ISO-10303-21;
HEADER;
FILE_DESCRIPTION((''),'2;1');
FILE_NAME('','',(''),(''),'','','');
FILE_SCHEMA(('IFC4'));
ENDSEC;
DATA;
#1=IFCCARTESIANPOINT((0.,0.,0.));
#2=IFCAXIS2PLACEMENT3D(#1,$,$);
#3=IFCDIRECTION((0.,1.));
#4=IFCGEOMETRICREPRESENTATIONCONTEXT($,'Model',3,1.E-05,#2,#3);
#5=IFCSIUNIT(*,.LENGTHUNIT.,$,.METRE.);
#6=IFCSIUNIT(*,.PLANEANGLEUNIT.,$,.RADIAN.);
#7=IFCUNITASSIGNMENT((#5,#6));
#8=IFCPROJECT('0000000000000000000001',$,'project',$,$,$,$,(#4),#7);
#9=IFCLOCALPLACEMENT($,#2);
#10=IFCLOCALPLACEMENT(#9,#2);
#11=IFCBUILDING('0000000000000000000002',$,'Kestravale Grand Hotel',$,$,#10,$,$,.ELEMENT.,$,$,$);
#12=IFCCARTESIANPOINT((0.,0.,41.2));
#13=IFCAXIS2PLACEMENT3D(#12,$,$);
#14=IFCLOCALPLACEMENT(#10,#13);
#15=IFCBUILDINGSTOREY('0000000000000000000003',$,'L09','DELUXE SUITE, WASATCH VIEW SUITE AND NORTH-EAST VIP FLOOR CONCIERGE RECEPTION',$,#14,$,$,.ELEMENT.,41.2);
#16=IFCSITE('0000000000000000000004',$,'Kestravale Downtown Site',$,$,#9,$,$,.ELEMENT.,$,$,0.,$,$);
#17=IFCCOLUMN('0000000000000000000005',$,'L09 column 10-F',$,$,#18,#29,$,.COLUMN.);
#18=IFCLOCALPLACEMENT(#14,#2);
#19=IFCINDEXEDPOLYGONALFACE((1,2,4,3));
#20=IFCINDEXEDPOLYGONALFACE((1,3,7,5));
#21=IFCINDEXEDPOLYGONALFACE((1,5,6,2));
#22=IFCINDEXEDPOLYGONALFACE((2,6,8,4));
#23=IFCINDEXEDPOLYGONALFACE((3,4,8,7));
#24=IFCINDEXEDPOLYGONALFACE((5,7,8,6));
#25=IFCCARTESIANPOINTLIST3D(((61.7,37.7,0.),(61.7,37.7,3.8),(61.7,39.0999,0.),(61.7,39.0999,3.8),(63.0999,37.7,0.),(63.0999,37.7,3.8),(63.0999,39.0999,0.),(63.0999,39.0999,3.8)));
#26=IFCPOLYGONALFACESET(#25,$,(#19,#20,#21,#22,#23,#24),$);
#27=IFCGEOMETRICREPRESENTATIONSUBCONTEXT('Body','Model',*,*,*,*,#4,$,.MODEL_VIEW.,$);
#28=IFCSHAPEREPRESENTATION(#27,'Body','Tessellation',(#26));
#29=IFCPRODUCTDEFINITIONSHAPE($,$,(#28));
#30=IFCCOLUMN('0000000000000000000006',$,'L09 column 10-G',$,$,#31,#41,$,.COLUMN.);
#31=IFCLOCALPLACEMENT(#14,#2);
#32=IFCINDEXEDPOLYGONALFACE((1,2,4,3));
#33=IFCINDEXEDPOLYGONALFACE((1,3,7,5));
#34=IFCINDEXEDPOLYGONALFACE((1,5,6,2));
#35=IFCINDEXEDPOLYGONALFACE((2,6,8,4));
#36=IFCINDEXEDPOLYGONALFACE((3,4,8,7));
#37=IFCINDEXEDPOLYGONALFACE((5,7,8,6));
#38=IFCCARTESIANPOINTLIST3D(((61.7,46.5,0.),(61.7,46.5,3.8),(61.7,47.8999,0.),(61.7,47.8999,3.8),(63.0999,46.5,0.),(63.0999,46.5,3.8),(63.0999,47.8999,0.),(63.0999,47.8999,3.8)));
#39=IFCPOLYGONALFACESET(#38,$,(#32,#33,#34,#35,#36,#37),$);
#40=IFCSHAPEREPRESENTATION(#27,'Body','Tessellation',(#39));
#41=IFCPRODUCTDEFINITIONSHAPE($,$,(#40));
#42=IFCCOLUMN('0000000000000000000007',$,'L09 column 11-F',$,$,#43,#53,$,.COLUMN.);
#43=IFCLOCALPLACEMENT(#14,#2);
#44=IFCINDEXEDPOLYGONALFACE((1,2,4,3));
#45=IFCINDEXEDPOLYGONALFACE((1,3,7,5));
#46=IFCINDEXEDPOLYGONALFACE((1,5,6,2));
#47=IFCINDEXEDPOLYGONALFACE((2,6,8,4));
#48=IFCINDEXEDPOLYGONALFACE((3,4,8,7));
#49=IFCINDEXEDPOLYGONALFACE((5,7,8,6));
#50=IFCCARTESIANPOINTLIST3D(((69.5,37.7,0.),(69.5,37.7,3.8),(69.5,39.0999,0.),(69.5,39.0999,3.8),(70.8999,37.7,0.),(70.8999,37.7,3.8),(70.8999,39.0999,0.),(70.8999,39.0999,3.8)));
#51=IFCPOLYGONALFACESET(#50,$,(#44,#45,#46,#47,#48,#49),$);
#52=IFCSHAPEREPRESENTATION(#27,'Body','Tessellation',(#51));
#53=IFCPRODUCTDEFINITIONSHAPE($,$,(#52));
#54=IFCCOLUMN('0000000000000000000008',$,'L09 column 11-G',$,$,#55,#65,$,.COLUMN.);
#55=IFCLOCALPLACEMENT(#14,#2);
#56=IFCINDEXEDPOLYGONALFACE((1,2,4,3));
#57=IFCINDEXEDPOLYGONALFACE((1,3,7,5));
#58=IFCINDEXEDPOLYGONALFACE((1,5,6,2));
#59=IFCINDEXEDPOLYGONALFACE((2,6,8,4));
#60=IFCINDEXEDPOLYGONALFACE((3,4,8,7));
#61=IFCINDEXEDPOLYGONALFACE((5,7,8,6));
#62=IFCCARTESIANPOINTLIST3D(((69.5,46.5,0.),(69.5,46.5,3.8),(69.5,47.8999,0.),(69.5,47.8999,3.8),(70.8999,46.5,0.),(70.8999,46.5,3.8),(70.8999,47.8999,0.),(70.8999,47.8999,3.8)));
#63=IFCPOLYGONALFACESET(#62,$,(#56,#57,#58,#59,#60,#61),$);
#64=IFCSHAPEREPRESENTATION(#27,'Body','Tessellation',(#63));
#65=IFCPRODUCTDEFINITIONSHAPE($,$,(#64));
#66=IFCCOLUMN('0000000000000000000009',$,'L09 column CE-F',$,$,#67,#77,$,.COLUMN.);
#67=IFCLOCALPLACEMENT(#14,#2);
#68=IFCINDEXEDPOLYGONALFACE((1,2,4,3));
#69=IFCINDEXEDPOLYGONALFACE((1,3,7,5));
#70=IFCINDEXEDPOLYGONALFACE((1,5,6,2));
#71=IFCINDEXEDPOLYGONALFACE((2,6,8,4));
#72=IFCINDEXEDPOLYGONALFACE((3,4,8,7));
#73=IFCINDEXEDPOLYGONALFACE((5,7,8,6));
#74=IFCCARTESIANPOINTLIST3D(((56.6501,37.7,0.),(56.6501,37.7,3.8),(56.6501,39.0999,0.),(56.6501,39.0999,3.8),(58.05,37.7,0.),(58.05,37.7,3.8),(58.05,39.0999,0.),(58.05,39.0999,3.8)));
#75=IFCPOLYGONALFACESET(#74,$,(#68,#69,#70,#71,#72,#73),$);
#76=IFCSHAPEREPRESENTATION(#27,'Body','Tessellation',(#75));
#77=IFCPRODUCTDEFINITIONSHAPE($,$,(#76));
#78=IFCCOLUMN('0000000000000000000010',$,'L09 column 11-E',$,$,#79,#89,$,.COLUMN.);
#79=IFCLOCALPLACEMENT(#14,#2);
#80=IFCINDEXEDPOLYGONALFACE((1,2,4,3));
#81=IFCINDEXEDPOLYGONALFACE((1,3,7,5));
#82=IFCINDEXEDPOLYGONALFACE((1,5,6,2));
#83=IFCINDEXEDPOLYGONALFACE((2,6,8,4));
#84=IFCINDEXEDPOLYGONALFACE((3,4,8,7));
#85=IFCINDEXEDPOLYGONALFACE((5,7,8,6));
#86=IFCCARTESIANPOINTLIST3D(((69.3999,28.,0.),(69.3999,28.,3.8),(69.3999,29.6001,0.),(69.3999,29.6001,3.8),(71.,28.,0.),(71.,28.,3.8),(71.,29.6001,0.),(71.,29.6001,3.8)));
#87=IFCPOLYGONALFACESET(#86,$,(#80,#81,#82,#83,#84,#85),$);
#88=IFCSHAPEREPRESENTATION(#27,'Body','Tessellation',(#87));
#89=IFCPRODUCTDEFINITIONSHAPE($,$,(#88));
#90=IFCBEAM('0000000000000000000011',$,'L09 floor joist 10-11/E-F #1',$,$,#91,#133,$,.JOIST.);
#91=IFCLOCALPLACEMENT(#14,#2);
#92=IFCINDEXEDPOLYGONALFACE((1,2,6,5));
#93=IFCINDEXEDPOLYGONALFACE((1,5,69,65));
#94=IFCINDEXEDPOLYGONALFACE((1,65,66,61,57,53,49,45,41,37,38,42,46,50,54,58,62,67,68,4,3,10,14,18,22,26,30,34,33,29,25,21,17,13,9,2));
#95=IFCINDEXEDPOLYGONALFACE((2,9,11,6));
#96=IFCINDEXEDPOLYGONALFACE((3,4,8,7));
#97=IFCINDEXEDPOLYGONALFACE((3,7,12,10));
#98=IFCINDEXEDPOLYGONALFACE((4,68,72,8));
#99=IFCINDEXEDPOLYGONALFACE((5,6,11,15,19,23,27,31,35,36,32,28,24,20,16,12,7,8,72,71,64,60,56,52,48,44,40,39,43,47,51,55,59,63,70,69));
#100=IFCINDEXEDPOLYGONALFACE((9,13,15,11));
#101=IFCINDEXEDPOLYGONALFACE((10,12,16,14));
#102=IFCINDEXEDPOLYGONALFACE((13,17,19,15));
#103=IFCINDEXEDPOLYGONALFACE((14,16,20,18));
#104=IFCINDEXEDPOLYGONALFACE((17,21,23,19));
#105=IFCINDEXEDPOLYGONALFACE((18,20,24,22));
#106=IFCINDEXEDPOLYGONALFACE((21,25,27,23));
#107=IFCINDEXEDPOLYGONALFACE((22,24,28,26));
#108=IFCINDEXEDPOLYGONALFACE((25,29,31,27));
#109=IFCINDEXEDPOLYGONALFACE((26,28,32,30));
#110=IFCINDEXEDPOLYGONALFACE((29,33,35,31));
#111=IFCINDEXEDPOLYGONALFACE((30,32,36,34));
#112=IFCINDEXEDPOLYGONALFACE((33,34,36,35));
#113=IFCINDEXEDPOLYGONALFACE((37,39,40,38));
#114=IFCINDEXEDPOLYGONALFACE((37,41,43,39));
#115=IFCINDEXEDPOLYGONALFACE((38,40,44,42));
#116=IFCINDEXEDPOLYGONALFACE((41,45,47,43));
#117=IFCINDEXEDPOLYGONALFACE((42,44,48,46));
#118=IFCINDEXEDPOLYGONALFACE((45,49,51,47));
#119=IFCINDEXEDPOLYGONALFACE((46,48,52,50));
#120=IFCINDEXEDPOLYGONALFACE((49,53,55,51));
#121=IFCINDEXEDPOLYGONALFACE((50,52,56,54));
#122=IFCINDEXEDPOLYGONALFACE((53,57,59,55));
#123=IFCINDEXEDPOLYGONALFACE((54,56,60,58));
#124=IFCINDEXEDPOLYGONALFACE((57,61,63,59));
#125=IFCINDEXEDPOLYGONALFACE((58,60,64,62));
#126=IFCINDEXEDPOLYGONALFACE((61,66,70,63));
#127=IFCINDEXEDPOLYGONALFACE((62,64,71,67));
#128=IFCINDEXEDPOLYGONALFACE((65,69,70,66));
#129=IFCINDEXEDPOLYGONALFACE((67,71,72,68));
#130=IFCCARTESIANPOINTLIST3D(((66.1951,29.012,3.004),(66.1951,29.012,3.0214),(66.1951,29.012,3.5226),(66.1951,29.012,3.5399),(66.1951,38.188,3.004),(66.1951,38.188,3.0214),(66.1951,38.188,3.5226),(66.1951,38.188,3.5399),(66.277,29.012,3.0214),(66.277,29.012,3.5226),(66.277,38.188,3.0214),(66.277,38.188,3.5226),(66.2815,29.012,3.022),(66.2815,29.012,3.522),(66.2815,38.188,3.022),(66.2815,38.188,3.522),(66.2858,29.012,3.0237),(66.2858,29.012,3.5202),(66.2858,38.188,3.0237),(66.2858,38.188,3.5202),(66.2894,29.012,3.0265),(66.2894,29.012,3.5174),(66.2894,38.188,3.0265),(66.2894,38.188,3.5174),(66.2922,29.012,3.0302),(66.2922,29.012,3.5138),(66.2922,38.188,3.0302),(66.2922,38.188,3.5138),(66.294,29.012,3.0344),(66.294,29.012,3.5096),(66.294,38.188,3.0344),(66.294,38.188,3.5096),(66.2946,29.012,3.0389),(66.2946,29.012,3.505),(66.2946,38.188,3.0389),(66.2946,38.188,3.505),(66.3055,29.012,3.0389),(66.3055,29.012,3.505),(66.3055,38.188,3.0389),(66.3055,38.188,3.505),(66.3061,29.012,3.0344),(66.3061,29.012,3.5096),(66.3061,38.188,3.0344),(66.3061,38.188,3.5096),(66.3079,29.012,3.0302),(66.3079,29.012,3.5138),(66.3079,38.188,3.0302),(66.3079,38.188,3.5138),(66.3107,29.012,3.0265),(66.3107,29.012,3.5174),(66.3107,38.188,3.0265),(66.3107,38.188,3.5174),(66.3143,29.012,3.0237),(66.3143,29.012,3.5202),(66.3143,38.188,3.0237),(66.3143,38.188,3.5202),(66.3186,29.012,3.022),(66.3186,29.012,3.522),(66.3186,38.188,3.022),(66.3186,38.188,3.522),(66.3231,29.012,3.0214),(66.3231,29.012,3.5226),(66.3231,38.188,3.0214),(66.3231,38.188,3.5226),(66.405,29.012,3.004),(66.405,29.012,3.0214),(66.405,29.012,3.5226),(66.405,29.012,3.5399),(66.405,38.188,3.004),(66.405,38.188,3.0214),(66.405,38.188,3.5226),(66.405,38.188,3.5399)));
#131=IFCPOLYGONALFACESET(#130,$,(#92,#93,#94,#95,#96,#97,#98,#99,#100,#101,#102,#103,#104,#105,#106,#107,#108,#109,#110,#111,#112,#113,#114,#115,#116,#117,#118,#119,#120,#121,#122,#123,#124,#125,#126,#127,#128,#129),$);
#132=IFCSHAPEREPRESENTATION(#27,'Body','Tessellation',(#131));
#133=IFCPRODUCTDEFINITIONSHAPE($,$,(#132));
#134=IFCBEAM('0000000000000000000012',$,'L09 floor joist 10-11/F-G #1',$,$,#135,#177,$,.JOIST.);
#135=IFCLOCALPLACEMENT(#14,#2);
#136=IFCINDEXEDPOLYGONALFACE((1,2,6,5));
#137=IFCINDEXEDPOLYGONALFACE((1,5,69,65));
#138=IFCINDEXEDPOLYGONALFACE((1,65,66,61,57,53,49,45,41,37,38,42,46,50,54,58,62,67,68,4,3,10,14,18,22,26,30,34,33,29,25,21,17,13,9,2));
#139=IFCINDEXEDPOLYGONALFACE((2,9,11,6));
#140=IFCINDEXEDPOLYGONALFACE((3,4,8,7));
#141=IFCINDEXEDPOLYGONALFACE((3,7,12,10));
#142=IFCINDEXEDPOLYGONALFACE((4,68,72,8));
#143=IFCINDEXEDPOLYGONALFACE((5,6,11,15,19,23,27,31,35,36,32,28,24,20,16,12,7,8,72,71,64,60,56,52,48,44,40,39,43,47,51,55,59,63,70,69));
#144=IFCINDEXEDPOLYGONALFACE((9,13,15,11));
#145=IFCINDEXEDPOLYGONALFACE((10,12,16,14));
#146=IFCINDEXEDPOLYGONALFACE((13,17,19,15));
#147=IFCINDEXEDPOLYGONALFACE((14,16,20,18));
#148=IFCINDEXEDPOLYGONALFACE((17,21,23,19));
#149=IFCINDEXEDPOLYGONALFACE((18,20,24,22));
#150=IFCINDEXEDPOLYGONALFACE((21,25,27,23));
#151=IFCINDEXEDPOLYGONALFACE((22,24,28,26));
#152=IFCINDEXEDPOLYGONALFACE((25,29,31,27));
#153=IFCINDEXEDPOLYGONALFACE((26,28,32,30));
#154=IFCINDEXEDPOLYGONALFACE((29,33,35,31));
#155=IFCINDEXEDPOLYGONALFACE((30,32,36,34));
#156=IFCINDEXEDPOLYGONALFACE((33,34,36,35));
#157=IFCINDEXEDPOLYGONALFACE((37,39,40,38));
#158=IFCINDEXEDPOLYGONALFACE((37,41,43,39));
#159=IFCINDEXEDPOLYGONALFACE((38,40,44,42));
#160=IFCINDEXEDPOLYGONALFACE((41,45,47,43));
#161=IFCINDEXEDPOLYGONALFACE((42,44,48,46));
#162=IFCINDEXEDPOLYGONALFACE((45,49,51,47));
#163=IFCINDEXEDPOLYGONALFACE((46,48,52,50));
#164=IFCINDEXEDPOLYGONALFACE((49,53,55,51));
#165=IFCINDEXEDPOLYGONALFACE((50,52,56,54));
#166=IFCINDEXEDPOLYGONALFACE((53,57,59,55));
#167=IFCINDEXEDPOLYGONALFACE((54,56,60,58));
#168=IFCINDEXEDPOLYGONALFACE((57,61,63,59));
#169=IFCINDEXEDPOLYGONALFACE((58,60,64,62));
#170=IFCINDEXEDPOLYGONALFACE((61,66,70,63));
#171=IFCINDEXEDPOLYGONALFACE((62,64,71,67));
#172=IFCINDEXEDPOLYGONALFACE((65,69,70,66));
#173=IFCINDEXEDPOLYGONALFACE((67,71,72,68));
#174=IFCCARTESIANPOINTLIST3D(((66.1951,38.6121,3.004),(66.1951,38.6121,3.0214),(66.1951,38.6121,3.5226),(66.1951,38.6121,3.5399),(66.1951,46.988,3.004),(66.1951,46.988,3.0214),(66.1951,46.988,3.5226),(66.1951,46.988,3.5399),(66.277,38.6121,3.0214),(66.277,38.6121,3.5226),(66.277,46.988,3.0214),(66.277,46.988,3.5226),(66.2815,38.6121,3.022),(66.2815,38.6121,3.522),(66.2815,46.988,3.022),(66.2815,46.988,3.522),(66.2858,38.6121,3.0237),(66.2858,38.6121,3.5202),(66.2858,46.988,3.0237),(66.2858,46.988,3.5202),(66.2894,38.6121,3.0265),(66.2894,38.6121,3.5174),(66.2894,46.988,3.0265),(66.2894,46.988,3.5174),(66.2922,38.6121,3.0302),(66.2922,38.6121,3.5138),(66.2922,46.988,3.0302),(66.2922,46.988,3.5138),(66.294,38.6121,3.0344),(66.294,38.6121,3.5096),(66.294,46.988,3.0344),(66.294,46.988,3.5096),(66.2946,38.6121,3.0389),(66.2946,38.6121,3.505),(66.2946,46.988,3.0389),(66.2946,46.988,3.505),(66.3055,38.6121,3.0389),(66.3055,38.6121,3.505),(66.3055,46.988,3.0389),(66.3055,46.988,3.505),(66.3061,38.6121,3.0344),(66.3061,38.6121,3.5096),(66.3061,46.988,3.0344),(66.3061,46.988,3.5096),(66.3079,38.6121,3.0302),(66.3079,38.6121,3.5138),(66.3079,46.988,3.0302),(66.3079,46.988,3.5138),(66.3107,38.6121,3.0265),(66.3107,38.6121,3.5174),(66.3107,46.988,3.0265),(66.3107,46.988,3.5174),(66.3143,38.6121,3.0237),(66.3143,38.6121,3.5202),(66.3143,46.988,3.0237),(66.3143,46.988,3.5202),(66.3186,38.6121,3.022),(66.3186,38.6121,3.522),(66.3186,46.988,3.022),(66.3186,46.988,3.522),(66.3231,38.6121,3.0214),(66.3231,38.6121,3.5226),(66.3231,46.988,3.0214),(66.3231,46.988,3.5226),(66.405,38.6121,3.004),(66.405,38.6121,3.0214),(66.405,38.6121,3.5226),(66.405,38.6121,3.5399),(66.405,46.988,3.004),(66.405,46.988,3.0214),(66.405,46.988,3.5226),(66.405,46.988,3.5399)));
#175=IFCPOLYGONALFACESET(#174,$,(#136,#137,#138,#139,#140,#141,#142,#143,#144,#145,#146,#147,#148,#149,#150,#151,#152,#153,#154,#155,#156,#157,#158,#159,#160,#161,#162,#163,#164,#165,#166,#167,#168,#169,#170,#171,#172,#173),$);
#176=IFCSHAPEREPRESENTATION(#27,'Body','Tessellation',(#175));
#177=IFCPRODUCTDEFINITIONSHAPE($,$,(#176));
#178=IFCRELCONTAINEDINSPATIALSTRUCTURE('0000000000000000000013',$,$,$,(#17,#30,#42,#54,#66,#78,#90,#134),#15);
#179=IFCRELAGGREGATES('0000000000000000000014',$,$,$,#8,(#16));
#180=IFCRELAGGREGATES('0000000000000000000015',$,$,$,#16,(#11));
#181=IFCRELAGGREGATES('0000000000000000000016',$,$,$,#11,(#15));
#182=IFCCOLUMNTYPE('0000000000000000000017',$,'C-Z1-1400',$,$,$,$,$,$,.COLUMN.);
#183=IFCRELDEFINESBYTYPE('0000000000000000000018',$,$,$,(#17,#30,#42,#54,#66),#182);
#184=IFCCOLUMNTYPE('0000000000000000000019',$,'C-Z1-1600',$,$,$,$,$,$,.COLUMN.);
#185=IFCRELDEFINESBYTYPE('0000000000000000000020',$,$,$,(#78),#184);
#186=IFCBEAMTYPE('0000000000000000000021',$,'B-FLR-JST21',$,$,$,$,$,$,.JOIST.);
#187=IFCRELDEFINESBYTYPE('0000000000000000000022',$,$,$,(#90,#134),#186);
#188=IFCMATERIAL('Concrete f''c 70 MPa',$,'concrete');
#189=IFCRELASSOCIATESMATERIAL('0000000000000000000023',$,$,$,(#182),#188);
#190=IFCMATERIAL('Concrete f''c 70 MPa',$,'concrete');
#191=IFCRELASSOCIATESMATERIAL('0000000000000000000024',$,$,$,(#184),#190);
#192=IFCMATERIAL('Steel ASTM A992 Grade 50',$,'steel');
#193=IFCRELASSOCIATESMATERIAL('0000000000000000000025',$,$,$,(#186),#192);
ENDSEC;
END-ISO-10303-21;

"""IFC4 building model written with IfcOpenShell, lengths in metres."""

from ifc_helpers import new_model, si_unit, direction, frame, origin, origin_2d, place, context, subcontext, project, spatial, rectangle, i_section, extrude, material, material_profile, profile_set, type_object, element, save


model = new_model("IFC4")

# Units and contexts
model_context = context("Model", 3, precision=1e-05, world=origin(), true_north=direction((0.0, 1.0)))
body_context = subcontext(model_context, "Body", "Model", "MODEL_VIEW")
ifc_project = project(units=[si_unit("LENGTHUNIT", "METRE"), si_unit("PLANEANGLEUNIT", "RADIAN")], contexts=[model_context])

# Site, building, storey
site_placement = place(None, origin())
site = spatial("IfcSite", under=ifc_project, at=site_placement, Name="Kestravale Downtown Site", CompositionType="ELEMENT", RefElevation=0.0)
building_placement = place(site_placement, origin())
building = spatial("IfcBuilding", under=site, at=building_placement, Name="Kestravale Grand Hotel", CompositionType="ELEMENT")
storey_placement = place(building_placement, frame((0.0, 0.0, 41.2)))
storey = spatial("IfcBuildingStorey", under=building, at=storey_placement, Name="L09", Description="DELUXE SUITE, WASATCH VIEW SUITE AND NORTH-EAST VIP FLOOR CONCIERGE RECEPTION", CompositionType="ELEMENT", Elevation=41.2)

# Columns
ifc_material_1 = material(Name="Concrete f'c 70 MPa", Category="concrete")
ifc_material_profile_1 = material_profile(ifc_material_1, rectangle(XDim=1.3999, YDim=1.3999, at=origin_2d()))
ifc_profile_set_1 = profile_set([ifc_material_profile_1], Name="Concrete f'c 70 MPa")
column_type_1 = type_object("IfcColumnType", Name="C-Z1-1400", PredefinedType="COLUMN", material=ifc_profile_set_1)
for number, where, z_axis, x_axis, name in (
    (1, (62.3999, 38.3999, 0.0), (0.0, 0.0, 1.0), (1.0, 0.0, 0.0), "L09 column 10-F"),
    (2, (62.3999, 47.2, 0.0), (0.0, 0.0, 1.0), (1.0, 0.0, 0.0), "L09 column 10-G"),
    (3, (70.2, 38.3999, 0.0), (0.0, 0.0, 1.0), (1.0, 0.0, 0.0), "L09 column 11-F"),
    (4, (70.2, 47.2, 0.0), (0.0, 0.0, 1.0), (1.0, 0.0, 0.0), "L09 column 11-G"),
    (5, (57.3501, 38.3999, 0.0), (0.0, 0.0, 1.0), (1.0, 0.0, 0.0), "L09 column CE-F"),
):
    element("IfcColumn", number, at=place(storey_placement, frame(where, z_axis=z_axis, x_axis=x_axis)), inside=storey, type_object=column_type_1, Name=name, PredefinedType="COLUMN", context=body_context, shape_type="SweptSolid", body=[
        extrude(rectangle(XDim=1.3999, YDim=1.3999, at=origin_2d()), origin(), (0.0, 0.0, 1.0), 3.8),
    ])
ifc_material_2 = material(Name="Concrete f'c 70 MPa", Category="concrete")
ifc_material_profile_2 = material_profile(ifc_material_2, rectangle(XDim=1.6001, YDim=1.6001, at=origin_2d()))
ifc_profile_set_2 = profile_set([ifc_material_profile_2], Name="Concrete f'c 70 MPa")
column_type_2 = type_object("IfcColumnType", Name="C-Z1-1600", PredefinedType="COLUMN", material=ifc_profile_set_2)
column_placement = place(storey_placement, frame((70.2, 28.8, 0.0), z_axis=(0.0, 0.0, 1.0), x_axis=(1.0, 0.0, 0.0)))
element("IfcColumn", 6, at=column_placement, inside=storey, type_object=column_type_2, Name="L09 column 11-E", PredefinedType="COLUMN", context=body_context, shape_type="SweptSolid", body=[
    extrude(rectangle(XDim=1.6001, YDim=1.6001, at=origin_2d()), origin(), (0.0, 0.0, 1.0), 3.8),
])

# Beams
ifc_material_3 = material(Name="Steel ASTM A992 Grade 50", Category="steel")
ifc_material_profile_3 = material_profile(ifc_material_3, i_section(OverallWidth=0.21, OverallDepth=0.5359, WebThickness=0.011, FlangeThickness=0.0173, FilletRadius=0.0176, at=origin_2d()))
ifc_profile_set_3 = profile_set([ifc_material_profile_3], Name="Steel ASTM A992 Grade 50")
beam_type_1 = type_object("IfcBeamType", Name="B-FLR-JST21", PredefinedType="JOIST", material=ifc_profile_set_3)
beam_1_placement = place(storey_placement, frame((66.3, 29.012, 3.272), z_axis=(0.0, 1.0, 0.0), x_axis=(-1.0, 0.0, 0.0)))
element("IfcBeam", 7, at=beam_1_placement, inside=storey, type_object=beam_type_1, Name="L09 floor joist 10-11/E-F #1", PredefinedType="JOIST", context=body_context, shape_type="SweptSolid", body=[
    extrude(i_section(OverallWidth=0.21, OverallDepth=0.5359, WebThickness=0.011, FlangeThickness=0.0173, FilletRadius=0.0176, at=origin_2d()), origin(), (0.0, 0.0, 1.0), 9.176),
])
beam_2_placement = place(storey_placement, frame((66.3, 38.6121, 3.272), z_axis=(0.0, 1.0, 0.0), x_axis=(-1.0, 0.0, 0.0)))
element("IfcBeam", 8, at=beam_2_placement, inside=storey, type_object=beam_type_1, Name="L09 floor joist 10-11/F-G #1", PredefinedType="JOIST", context=body_context, shape_type="SweptSolid", body=[
    extrude(i_section(OverallWidth=0.21, OverallDepth=0.5359, WebThickness=0.011, FlangeThickness=0.0173, FilletRadius=0.0176, at=origin_2d()), origin(), (0.0, 0.0, 1.0), 8.376),
])

save(model, "model.ifc")
